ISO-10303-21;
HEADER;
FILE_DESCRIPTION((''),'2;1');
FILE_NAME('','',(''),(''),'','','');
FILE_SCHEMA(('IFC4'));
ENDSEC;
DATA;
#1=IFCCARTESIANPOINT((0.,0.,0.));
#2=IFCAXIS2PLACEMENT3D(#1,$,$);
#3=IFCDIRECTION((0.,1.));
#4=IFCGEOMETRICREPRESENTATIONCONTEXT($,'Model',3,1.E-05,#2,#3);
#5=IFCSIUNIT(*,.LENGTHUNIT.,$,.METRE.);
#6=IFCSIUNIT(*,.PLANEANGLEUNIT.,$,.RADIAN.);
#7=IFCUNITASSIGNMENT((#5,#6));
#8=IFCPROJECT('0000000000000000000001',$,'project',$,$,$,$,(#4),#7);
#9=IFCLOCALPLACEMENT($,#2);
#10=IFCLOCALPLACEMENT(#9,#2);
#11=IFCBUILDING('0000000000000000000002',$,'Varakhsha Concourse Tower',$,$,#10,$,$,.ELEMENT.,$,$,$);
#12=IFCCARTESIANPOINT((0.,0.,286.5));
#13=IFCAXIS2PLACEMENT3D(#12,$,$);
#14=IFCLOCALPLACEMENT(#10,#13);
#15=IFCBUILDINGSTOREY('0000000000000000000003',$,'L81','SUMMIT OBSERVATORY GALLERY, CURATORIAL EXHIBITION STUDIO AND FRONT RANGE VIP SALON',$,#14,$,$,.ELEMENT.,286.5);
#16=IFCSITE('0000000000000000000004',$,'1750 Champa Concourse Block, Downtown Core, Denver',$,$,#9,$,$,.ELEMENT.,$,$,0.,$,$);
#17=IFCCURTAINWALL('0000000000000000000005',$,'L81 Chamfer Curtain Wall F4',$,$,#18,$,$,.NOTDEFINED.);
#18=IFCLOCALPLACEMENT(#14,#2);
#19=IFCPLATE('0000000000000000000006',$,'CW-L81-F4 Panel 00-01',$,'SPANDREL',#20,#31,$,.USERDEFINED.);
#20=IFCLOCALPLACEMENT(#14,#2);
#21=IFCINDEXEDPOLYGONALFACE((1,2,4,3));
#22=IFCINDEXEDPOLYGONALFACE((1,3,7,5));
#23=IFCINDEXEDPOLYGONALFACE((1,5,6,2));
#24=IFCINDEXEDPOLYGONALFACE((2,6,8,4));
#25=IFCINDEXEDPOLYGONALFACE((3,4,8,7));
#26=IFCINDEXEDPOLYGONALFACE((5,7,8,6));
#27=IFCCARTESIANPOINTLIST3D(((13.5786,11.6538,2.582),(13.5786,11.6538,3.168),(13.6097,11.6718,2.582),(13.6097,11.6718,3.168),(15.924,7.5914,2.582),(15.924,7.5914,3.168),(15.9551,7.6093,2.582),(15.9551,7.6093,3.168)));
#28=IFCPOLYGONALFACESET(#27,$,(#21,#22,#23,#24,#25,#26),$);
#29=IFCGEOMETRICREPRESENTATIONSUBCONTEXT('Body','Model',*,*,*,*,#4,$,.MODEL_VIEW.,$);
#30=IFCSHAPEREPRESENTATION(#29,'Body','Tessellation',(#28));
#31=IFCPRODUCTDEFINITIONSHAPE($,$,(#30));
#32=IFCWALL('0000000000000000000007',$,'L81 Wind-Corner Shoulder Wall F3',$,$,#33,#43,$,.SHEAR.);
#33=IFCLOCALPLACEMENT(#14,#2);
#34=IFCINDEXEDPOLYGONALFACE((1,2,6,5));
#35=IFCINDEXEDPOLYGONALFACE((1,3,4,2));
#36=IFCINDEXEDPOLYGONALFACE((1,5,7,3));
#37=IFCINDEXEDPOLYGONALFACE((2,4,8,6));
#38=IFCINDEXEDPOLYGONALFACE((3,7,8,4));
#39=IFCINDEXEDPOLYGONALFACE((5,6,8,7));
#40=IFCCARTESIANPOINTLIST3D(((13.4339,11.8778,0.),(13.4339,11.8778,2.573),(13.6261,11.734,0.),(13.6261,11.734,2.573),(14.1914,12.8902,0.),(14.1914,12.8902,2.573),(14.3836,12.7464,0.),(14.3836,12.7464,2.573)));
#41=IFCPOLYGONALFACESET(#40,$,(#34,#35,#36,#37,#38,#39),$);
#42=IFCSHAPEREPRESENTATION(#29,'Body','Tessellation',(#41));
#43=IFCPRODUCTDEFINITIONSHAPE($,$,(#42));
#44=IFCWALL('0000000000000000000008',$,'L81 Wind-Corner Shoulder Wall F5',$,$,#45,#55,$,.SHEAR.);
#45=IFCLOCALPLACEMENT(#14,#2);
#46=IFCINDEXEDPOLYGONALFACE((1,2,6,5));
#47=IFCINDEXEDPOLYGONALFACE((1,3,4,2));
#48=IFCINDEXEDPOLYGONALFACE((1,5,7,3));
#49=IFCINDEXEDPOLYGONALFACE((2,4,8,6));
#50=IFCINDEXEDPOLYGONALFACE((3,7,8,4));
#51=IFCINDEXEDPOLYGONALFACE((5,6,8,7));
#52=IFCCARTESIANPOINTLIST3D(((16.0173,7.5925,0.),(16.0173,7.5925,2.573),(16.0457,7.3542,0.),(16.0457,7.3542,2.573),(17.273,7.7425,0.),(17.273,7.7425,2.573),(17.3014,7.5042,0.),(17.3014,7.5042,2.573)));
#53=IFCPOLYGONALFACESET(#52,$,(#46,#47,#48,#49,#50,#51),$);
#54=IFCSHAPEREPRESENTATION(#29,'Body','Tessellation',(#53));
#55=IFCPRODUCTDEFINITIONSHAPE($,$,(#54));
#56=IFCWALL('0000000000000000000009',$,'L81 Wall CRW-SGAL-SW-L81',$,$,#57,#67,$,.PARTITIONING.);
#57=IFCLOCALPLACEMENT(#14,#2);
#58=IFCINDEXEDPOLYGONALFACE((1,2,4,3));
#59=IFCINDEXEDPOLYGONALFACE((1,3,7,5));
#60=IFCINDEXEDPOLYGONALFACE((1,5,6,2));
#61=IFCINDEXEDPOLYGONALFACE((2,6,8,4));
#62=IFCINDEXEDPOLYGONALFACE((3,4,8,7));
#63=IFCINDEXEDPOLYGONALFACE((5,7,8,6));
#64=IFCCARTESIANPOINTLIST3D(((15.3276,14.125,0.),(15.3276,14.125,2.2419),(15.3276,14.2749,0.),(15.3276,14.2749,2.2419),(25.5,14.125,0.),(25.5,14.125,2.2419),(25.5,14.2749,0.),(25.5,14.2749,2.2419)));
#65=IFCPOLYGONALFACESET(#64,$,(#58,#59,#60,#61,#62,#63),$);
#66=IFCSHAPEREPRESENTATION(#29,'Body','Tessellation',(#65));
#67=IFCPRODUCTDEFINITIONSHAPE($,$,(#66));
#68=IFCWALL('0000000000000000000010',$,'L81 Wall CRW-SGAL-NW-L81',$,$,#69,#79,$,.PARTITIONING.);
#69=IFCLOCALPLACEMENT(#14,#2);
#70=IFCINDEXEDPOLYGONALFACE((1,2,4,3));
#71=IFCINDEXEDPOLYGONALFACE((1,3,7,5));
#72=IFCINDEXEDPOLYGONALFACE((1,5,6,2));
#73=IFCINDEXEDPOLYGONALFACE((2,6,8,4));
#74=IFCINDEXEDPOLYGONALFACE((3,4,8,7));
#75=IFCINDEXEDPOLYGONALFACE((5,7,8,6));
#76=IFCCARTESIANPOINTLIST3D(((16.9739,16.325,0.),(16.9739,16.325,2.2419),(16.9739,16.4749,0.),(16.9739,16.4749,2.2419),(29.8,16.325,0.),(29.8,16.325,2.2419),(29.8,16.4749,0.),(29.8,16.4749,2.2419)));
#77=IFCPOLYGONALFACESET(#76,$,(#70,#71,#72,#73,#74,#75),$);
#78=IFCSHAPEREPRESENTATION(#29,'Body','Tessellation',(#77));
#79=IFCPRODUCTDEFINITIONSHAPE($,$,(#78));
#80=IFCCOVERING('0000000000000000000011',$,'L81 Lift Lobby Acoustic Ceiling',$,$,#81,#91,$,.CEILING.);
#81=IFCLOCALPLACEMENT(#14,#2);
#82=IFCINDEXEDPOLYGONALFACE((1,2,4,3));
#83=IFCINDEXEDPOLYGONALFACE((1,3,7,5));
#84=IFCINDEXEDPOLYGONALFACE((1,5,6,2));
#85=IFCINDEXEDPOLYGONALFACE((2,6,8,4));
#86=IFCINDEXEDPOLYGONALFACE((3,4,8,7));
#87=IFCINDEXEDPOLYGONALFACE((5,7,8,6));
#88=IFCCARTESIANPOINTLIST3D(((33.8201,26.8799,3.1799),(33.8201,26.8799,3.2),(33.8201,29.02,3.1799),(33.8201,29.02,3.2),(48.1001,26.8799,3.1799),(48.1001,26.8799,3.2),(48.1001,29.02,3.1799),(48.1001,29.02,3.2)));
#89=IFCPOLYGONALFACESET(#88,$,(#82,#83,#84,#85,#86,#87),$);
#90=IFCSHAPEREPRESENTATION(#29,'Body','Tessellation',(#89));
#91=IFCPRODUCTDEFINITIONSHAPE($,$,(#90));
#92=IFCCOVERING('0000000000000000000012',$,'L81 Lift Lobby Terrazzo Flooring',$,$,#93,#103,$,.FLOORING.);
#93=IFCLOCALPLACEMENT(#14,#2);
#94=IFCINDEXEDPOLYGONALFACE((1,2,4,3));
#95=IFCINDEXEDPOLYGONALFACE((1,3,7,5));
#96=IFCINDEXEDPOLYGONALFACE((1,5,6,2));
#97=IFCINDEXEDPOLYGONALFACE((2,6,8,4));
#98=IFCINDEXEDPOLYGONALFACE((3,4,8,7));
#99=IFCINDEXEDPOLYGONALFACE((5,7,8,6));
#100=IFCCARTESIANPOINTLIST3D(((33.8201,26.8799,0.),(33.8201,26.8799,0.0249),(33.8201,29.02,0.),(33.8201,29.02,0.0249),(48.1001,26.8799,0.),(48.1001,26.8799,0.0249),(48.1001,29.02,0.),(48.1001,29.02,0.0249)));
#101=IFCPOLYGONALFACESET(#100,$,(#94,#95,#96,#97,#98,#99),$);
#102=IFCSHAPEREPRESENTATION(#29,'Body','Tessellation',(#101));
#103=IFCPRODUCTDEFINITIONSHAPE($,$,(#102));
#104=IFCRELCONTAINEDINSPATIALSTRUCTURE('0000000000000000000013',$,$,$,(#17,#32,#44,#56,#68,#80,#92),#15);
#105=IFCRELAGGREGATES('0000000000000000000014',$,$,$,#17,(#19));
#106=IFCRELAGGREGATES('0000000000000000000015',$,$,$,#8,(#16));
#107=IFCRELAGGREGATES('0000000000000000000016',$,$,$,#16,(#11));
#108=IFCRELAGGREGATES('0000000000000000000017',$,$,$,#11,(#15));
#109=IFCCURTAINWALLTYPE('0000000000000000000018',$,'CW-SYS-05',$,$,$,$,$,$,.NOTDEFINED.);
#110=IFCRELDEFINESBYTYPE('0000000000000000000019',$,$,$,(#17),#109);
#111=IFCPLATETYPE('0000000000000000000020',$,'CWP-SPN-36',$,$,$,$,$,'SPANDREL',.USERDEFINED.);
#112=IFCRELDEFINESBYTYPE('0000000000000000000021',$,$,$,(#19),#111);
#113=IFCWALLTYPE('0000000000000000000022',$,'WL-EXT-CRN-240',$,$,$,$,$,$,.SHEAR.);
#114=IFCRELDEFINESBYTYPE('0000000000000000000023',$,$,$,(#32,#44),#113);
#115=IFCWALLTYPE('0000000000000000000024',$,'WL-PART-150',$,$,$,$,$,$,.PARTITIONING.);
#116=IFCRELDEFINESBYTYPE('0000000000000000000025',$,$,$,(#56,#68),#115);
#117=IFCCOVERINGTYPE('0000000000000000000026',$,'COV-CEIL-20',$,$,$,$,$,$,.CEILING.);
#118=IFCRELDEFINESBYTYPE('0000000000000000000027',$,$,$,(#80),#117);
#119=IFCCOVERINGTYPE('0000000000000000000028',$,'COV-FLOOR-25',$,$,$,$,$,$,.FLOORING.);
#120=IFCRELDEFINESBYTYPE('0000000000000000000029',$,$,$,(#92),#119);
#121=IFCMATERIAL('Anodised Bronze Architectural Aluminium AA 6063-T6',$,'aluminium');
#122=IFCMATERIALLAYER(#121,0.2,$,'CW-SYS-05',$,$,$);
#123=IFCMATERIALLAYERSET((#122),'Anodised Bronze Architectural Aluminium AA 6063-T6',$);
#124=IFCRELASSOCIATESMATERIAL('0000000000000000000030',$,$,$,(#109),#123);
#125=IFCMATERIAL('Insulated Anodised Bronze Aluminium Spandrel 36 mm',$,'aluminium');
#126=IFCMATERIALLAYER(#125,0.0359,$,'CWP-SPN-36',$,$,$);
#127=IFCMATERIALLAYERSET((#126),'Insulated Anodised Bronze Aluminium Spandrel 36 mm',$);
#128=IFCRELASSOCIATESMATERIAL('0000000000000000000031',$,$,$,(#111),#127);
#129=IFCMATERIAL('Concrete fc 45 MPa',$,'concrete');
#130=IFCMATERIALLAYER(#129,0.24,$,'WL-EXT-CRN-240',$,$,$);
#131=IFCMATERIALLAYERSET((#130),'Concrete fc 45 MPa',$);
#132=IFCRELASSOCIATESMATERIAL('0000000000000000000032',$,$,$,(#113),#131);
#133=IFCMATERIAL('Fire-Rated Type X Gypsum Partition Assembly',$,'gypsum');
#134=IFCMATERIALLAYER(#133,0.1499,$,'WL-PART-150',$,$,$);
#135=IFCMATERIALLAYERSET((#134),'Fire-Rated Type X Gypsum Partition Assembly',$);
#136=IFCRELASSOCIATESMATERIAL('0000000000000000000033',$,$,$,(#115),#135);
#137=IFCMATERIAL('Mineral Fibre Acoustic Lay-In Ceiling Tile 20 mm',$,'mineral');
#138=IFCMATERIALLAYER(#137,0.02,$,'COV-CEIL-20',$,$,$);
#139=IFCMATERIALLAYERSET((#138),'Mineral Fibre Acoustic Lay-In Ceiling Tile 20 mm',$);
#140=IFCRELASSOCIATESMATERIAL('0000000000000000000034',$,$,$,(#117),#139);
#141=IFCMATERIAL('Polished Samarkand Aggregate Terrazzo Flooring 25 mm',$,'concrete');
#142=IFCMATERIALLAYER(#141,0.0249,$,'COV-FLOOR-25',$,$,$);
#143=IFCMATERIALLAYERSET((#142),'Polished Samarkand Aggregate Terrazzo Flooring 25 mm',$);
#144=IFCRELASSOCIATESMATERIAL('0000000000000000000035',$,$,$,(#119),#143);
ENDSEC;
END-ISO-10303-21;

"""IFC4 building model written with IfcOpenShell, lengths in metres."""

from ifc_helpers import new_model, si_unit, direction, frame, frame_2d, origin, origin_2d, place, context, subcontext, project, spatial, polyline, rectangle, outline, extrude, source, transform, mapped, material, layer, layer_set, type_object, element, aggregate, save


model = new_model("IFC4")

# Units and contexts
model_context = context("Model", 3, precision=1e-05, world=origin(), true_north=direction((0.0, 1.0)))
body_context = subcontext(model_context, "Body", "Model", "MODEL_VIEW")
ifc_project = project(units=[si_unit("LENGTHUNIT", "METRE"), si_unit("PLANEANGLEUNIT", "RADIAN")], contexts=[model_context])

# Site, building, storey
site_placement = place(None, origin())
site = spatial("IfcSite", under=ifc_project, at=site_placement, Name="1750 Champa Concourse Block, Downtown Core, Denver", CompositionType="ELEMENT", RefElevation=0.0)
building_placement = place(site_placement, origin())
building = spatial("IfcBuilding", under=site, at=building_placement, Name="Varakhsha Concourse Tower", CompositionType="ELEMENT")
storey_placement = place(building_placement, frame((0.0, 0.0, 286.5)))
storey = spatial("IfcBuildingStorey", under=building, at=storey_placement, Name="L81", Description="SUMMIT OBSERVATORY GALLERY, CURATORIAL EXHIBITION STUDIO AND FRONT RANGE VIP SALON", CompositionType="ELEMENT", Elevation=286.5)

# Shared definitions
ifc_material_1 = material(Name="Anodised Bronze Architectural Aluminium AA 6063-T6", Category="aluminium")
ifc_layer_1 = layer(ifc_material_1, 0.2, Name="CW-SYS-05")
ifc_layer_set_1 = layer_set([ifc_layer_1], Name="Anodised Bronze Architectural Aluminium AA 6063-T6")
curtain_wall_type = type_object("IfcCurtainWallType", Name="CW-SYS-05", PredefinedType="NOTDEFINED", material=ifc_layer_set_1)

# Curtain wall
curtain_wall_1_placement = place(storey_placement, origin())
curtain_wall_1 = element("IfcCurtainWall", 1, at=curtain_wall_1_placement, inside=storey, type_object=curtain_wall_type, Name="L81 Chamfer Curtain Wall F4", PredefinedType="NOTDEFINED")

# Shared definitions
ifc_material_2 = material(Name="Concrete fc 45 MPa", Category="concrete")

# Plate
ifc_material_3 = material(Name="Insulated Anodised Bronze Aluminium Spandrel 36 mm", Category="aluminium")
ifc_layer_2 = layer(ifc_material_3, 0.0359, Name="CWP-SPN-36")
ifc_layer_set_2 = layer_set([ifc_layer_2], Name="Insulated Anodised Bronze Aluminium Spandrel 36 mm")
plate_type_1 = type_object("IfcPlateType", Name="CWP-SPN-36", ElementType="SPANDREL", PredefinedType="USERDEFINED", material=ifc_layer_set_2)
shared_shape_1 = source(origin(), body_context, "Body", "SweptSolid", [
    extrude(rectangle(XDim=4.6909, YDim=0.0359, at=origin_2d()), origin(), (0.0, 0.0, 1.0), 0.5859),
])
plate_1_placement = place(storey_placement, frame((14.7668, 9.6316, 2.582), z_axis=(0.0, 0.0, 1.0), x_axis=(-0.499998, 0.866026, 0.0)))
plate_1 = element("IfcPlate", 2, at=plate_1_placement, type_object=plate_type_1, Name="CW-L81-F4 Panel 00-01", ObjectType="SPANDREL", PredefinedType="USERDEFINED", context=body_context, shape_type="MappedRepresentation", body=[
    mapped(shared_shape_1, transform((0.0, 0.0, 0.0), scale=1.0)),
])
aggregate(curtain_wall_1, [plate_1])

# Walls
ifc_layer_3 = layer(ifc_material_2, 0.24, Name="WL-EXT-CRN-240")
ifc_layer_set_3 = layer_set([ifc_layer_3], Name="Concrete fc 45 MPa")
wall_type_1 = type_object("IfcWallType", Name="WL-EXT-CRN-240", PredefinedType="SHEAR", material=ifc_layer_set_3)
wall_1_placement = place(storey_placement, frame((14.2876, 12.8184, 0.0), z_axis=(0.0, 0.0, 1.0), x_axis=(-0.599104, -0.800671, 0.0)))
element("IfcWall", 3, at=wall_1_placement, inside=storey, type_object=wall_type_1, Name="L81 Wind-Corner Shoulder Wall F3", PredefinedType="SHEAR", context=body_context, shape_type="SweptSolid", body=[
    extrude(rectangle(XDim=1.2644, YDim=0.24, at=frame_2d((0.6323, 0.0))), origin(), (0.0, 0.0, 1.0), 2.573),
])
wall_2_placement = place(storey_placement, frame((16.0315, 7.4734, 0.0), z_axis=(0.0, 0.0, 1.0), x_axis=(0.992949, 0.118544, 0.0)))
element("IfcWall", 4, at=wall_2_placement, inside=storey, type_object=wall_type_1, Name="L81 Wind-Corner Shoulder Wall F5", PredefinedType="SHEAR", context=body_context, shape_type="SweptSolid", body=[
    extrude(rectangle(XDim=1.2646, YDim=0.24, at=frame_2d((0.6323, 0.0))), origin(), (0.0, 0.0, 1.0), 2.573),
])
ifc_material_4 = material(Name="Fire-Rated Type X Gypsum Partition Assembly", Category="gypsum")
ifc_layer_4 = layer(ifc_material_4, 0.1499, Name="WL-PART-150")
ifc_layer_set_4 = layer_set([ifc_layer_4], Name="Fire-Rated Type X Gypsum Partition Assembly")
wall_type_2 = type_object("IfcWallType", Name="WL-PART-150", PredefinedType="PARTITIONING", material=ifc_layer_set_4)
wall_3_placement = place(storey_placement, frame((15.3276, 14.2, 0.0), z_axis=(0.0, 0.0, 1.0), x_axis=(1.0, 0.0, 0.0)))
element("IfcWall", 5, at=wall_3_placement, inside=storey, type_object=wall_type_2, Name="L81 Wall CRW-SGAL-SW-L81", PredefinedType="PARTITIONING", context=body_context, shape_type="SweptSolid", body=[
    extrude(rectangle(XDim=10.1724, YDim=0.1499, at=frame_2d((5.0862, 0.0))), origin(), (0.0, 0.0, 1.0), 2.2419),
])
wall_4_placement = place(storey_placement, frame((16.9739, 16.3999, 0.0), z_axis=(0.0, 0.0, 1.0), x_axis=(1.0, 0.0, 0.0)))
element("IfcWall", 6, at=wall_4_placement, inside=storey, type_object=wall_type_2, Name="L81 Wall CRW-SGAL-NW-L81", PredefinedType="PARTITIONING", context=body_context, shape_type="SweptSolid", body=[
    extrude(rectangle(XDim=12.8262, YDim=0.1499, at=frame_2d((6.4131, 0.0))), origin(), (0.0, 0.0, 1.0), 2.2419),
])

# Coverings
ifc_material_5 = material(Name="Mineral Fibre Acoustic Lay-In Ceiling Tile 20 mm", Category="mineral")
ifc_layer_5 = layer(ifc_material_5, 0.02, Name="COV-CEIL-20")
ifc_layer_set_5 = layer_set([ifc_layer_5], Name="Mineral Fibre Acoustic Lay-In Ceiling Tile 20 mm")
covering_type_1 = type_object("IfcCoveringType", Name="COV-CEIL-20", PredefinedType="CEILING", material=ifc_layer_set_5)
covering_1_placement = place(storey_placement, frame((0.0, 0.0, 3.1799)))
element("IfcCovering", 7, at=covering_1_placement, inside=storey, type_object=covering_type_1, Name="L81 Lift Lobby Acoustic Ceiling", PredefinedType="CEILING", context=body_context, shape_type="SweptSolid", body=[
    extrude(outline(polyline([(33.8201, 26.8799), (48.1001, 26.8799), (48.1001, 29.02), (33.8201, 29.02), (33.8201, 26.8799)])), origin(), (0.0, 0.0, 1.0), 0.02),
])
ifc_material_6 = material(Name="Polished Samarkand Aggregate Terrazzo Flooring 25 mm", Category="concrete")
ifc_layer_6 = layer(ifc_material_6, 0.0249, Name="COV-FLOOR-25")
ifc_layer_set_6 = layer_set([ifc_layer_6], Name="Polished Samarkand Aggregate Terrazzo Flooring 25 mm")
covering_type_2 = type_object("IfcCoveringType", Name="COV-FLOOR-25", PredefinedType="FLOORING", material=ifc_layer_set_6)
covering_2_placement = place(storey_placement, origin())
element("IfcCovering", 8, at=covering_2_placement, inside=storey, type_object=covering_type_2, Name="L81 Lift Lobby Terrazzo Flooring", PredefinedType="FLOORING", context=body_context, shape_type="SweptSolid", body=[
    extrude(outline(polyline([(33.8201, 26.8799), (48.1001, 26.8799), (48.1001, 29.02), (33.8201, 29.02), (33.8201, 26.8799)])), origin(), (0.0, 0.0, 1.0), 0.0249),
])

save(model, "model.ifc")
